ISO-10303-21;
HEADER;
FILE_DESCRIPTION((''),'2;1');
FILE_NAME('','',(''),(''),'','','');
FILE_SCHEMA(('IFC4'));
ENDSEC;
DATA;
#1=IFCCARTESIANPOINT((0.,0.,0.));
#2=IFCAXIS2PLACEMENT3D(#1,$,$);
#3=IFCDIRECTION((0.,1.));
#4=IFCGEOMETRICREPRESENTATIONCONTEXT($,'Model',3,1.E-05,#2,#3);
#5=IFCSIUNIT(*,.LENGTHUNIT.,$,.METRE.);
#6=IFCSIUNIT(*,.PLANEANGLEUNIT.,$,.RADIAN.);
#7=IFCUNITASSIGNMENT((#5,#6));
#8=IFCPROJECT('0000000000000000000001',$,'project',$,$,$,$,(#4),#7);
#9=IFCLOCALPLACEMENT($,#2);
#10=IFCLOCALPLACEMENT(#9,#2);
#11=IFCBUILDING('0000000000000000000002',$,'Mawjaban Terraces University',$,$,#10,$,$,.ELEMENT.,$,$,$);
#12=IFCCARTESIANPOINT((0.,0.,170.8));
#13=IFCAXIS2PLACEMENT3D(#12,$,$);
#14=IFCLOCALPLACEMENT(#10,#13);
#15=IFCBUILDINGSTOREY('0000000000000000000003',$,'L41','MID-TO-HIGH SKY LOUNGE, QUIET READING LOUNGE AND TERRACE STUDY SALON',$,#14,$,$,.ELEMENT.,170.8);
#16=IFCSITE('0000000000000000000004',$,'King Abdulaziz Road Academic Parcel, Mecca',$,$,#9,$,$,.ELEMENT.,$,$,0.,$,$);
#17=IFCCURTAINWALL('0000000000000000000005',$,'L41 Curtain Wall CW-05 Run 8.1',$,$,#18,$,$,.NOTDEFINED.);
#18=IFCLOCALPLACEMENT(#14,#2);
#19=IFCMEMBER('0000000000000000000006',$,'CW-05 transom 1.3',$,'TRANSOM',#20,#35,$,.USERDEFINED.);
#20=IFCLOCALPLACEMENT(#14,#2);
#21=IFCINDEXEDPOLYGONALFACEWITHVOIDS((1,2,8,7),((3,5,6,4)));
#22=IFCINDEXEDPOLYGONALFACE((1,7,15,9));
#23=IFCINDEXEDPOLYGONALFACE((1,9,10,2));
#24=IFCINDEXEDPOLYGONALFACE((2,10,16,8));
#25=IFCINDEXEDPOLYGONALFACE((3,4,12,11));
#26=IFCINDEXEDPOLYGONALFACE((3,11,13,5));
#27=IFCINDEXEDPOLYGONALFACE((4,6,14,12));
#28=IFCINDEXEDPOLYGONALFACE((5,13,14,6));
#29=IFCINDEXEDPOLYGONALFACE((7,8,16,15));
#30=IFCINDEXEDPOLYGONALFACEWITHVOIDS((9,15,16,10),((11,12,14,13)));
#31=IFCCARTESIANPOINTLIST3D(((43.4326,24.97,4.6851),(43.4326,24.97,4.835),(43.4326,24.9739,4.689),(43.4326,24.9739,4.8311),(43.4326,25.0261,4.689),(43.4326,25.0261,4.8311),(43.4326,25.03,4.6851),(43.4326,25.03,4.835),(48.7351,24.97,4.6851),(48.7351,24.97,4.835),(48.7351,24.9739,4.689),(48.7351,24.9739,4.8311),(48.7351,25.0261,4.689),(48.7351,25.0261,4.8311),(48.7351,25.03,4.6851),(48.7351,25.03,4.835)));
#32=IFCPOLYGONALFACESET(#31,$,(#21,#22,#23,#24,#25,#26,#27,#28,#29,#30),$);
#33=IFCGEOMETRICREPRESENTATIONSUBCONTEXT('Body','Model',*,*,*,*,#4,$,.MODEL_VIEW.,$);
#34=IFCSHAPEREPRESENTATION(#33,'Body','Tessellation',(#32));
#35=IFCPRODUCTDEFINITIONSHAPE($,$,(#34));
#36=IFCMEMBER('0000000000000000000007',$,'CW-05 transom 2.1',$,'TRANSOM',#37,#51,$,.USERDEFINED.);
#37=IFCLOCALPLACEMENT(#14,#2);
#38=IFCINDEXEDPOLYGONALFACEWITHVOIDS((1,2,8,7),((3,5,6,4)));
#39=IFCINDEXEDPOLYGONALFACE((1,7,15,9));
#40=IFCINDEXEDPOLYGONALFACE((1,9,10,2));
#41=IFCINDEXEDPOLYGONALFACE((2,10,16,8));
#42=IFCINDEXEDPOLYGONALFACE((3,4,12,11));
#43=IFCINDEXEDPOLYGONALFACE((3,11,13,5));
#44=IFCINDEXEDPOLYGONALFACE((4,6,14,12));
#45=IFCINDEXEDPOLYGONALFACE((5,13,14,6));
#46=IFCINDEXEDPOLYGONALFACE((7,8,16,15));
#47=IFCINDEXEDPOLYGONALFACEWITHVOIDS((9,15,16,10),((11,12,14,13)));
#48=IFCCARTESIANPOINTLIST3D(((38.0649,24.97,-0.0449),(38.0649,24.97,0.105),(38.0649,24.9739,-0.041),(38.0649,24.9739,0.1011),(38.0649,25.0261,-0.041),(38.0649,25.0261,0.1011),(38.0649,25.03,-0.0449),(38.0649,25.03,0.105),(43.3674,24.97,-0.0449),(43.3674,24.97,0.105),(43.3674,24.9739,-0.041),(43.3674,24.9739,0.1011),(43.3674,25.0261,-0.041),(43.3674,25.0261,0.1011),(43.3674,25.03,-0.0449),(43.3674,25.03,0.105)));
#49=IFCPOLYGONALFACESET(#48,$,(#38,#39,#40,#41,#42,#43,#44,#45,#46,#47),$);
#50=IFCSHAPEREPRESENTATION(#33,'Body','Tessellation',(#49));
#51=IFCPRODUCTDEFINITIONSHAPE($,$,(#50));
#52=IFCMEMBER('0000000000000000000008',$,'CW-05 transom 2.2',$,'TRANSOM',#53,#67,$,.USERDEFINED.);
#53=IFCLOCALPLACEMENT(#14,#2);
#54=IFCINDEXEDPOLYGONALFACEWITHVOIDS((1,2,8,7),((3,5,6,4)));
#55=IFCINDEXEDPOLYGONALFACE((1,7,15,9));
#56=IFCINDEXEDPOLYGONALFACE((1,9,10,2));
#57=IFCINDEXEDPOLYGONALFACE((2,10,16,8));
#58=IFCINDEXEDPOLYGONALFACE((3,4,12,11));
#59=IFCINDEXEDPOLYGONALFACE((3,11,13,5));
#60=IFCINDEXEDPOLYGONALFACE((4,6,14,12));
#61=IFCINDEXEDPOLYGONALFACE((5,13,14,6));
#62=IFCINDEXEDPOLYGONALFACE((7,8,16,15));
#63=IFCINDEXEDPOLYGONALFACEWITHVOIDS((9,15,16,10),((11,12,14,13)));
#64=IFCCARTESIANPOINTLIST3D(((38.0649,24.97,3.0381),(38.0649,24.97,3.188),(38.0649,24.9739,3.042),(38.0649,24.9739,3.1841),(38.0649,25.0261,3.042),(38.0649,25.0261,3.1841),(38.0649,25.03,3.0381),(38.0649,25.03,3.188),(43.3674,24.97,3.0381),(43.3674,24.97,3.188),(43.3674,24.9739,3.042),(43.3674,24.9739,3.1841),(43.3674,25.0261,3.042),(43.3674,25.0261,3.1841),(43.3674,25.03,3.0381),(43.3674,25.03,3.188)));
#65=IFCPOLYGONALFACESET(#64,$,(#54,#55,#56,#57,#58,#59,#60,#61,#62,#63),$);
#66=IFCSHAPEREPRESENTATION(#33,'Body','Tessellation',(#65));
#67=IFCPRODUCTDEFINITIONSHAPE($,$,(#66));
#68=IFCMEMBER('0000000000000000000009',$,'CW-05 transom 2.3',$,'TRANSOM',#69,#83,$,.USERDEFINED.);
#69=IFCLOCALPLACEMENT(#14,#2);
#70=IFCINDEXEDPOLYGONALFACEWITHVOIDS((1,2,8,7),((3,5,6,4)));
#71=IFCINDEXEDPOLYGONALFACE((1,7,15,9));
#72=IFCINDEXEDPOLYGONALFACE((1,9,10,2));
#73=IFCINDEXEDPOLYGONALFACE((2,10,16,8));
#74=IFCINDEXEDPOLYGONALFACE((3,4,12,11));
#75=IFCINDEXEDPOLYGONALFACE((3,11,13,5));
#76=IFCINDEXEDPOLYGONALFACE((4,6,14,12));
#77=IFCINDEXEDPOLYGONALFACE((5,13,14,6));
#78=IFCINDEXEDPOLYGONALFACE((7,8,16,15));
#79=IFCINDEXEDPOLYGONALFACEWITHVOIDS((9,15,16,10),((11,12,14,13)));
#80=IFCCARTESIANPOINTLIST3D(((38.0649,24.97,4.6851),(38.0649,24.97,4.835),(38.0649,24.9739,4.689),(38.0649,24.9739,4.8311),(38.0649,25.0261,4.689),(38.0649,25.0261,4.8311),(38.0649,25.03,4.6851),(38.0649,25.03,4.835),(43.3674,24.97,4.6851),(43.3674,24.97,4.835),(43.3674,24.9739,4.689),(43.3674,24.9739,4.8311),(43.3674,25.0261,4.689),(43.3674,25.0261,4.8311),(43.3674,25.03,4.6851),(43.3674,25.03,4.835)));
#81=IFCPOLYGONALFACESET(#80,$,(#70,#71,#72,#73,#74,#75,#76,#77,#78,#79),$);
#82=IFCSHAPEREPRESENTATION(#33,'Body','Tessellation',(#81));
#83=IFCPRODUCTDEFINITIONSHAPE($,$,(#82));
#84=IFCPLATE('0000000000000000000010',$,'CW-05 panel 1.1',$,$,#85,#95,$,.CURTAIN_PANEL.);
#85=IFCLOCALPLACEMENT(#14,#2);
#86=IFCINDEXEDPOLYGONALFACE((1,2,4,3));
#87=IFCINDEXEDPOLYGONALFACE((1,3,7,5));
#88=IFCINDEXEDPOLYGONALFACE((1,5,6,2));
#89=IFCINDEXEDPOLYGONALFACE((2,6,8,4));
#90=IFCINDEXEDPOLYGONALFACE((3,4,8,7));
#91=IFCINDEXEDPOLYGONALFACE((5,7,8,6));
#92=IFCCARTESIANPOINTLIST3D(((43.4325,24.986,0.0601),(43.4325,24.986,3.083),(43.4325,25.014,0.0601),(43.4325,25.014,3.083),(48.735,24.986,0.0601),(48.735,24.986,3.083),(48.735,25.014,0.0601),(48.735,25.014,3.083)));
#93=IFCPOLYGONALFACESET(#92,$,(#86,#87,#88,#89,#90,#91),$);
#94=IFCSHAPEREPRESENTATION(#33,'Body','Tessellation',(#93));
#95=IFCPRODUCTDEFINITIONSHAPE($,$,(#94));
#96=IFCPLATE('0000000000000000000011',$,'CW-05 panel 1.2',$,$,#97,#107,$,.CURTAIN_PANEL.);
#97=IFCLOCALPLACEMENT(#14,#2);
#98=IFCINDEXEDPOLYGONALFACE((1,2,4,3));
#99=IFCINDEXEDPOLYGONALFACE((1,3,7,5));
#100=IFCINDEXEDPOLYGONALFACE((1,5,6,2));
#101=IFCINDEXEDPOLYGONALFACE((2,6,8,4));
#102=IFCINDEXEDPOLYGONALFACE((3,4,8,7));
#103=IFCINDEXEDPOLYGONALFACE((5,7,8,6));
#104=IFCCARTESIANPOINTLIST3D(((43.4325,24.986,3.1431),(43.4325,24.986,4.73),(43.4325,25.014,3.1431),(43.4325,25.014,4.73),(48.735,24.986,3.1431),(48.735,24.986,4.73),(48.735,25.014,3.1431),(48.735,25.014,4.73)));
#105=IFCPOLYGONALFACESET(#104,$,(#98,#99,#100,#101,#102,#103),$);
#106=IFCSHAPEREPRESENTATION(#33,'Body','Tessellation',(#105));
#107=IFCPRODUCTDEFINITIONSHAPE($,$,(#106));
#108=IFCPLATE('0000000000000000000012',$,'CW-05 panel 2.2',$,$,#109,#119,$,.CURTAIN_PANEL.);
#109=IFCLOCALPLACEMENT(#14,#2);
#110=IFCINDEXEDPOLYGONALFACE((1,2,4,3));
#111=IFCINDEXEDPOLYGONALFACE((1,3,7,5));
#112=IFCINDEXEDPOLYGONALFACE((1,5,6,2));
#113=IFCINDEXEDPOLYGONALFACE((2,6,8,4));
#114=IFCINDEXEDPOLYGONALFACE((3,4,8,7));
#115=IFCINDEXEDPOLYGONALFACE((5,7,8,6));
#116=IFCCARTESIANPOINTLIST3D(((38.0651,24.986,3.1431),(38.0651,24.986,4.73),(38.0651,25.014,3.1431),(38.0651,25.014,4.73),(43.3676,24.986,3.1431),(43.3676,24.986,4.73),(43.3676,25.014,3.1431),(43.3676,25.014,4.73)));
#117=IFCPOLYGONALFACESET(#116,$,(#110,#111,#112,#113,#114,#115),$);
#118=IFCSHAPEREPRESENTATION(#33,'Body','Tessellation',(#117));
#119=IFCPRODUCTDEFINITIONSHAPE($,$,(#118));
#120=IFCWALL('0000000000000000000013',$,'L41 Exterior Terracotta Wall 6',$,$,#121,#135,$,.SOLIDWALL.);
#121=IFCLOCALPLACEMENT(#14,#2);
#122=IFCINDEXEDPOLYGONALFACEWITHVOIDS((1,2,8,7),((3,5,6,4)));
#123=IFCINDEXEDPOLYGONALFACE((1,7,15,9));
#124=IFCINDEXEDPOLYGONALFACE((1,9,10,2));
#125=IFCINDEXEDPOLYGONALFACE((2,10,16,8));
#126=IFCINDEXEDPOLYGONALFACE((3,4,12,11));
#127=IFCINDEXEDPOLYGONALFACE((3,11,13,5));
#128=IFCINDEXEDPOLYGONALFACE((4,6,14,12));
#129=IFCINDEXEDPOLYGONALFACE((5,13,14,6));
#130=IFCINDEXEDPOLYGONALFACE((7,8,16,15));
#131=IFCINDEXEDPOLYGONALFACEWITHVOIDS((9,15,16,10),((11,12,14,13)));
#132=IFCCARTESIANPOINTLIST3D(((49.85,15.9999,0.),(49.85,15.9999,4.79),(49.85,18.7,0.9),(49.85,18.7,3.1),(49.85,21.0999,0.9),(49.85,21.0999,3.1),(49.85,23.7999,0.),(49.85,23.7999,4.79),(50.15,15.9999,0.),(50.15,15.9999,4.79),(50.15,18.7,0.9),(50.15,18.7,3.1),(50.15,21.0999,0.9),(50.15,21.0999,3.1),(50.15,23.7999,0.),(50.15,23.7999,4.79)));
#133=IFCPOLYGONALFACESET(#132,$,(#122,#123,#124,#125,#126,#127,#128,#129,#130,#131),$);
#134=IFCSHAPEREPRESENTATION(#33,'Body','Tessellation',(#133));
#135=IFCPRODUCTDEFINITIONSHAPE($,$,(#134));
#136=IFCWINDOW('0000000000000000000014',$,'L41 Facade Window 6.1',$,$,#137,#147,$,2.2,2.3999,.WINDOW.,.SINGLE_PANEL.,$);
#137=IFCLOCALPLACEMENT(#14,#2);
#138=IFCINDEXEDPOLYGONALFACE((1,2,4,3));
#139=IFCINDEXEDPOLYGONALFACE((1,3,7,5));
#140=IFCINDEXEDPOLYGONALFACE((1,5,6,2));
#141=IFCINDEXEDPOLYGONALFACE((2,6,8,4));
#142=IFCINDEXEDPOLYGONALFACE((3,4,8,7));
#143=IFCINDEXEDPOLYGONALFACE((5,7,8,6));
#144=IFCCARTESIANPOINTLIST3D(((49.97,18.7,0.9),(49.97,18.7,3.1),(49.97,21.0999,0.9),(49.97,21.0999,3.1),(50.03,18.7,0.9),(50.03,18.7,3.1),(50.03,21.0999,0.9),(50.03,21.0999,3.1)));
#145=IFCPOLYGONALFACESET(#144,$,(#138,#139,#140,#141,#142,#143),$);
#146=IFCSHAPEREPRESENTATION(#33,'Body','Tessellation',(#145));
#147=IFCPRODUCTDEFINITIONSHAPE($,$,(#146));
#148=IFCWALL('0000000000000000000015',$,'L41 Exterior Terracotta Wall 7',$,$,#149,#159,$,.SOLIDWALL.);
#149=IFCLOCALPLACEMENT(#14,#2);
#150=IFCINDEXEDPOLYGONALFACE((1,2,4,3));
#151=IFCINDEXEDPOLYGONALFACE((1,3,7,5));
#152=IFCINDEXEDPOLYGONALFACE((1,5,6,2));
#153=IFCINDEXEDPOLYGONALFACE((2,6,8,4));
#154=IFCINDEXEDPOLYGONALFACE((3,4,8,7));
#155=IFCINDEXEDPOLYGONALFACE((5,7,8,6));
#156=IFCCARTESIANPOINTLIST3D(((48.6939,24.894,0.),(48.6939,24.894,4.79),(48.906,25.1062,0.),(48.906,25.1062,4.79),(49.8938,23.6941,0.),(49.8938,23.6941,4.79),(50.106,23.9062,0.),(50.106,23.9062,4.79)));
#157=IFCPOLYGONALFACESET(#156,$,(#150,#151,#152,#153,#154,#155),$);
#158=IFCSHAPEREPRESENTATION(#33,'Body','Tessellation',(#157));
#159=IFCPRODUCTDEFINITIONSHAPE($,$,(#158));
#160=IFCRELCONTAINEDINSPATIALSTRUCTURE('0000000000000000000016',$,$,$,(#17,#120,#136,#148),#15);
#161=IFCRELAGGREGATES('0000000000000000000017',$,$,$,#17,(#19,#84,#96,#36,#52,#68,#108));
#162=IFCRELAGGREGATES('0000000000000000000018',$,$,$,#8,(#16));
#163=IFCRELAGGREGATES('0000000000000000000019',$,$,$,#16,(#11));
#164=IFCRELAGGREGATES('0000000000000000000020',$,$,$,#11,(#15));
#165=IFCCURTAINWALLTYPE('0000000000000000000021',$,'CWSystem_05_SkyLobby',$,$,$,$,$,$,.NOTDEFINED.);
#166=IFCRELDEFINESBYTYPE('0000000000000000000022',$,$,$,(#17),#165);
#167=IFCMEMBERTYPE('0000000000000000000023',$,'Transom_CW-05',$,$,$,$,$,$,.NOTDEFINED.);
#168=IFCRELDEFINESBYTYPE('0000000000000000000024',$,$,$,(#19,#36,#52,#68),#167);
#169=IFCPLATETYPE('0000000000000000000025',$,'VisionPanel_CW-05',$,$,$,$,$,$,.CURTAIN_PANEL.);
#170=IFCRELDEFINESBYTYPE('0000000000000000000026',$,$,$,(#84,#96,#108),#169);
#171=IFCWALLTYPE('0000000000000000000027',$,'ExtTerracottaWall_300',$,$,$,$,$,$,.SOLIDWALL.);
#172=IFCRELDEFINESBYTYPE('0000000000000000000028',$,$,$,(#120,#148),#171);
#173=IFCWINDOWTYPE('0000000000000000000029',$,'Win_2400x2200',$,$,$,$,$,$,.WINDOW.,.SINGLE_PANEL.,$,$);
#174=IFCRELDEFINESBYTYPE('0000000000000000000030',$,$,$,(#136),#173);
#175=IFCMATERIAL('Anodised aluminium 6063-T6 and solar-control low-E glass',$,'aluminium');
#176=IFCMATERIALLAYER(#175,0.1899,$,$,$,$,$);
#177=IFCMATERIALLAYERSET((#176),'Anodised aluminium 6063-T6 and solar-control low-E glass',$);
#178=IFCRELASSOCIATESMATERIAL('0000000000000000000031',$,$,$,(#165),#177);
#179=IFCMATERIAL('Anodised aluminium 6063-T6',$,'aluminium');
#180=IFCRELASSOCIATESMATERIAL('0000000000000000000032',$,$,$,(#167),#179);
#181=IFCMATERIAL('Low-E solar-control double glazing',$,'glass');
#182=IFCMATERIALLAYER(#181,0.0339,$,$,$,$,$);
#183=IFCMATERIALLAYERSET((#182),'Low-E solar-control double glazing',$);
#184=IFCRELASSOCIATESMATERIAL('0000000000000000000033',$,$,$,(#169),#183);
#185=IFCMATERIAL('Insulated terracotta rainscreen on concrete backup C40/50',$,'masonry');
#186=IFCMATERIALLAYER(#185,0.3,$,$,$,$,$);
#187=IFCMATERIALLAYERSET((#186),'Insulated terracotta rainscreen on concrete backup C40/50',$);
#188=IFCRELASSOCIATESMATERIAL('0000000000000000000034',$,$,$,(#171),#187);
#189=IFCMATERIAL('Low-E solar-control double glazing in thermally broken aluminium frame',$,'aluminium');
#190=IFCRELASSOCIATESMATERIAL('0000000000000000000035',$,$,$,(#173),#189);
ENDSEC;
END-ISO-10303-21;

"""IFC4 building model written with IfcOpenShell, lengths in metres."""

from ifc_helpers import new_model, si_unit, direction, frame, frame_2d, origin, origin_2d, place, context, subcontext, project, spatial, rectangle, hollow_rectangle, extrude, material, layer, layer_set, material_profile, profile_set, type_object, element, fill, aggregate, save


model = new_model("IFC4")

# Units and contexts
model_context = context("Model", 3, precision=1e-05, world=origin(), true_north=direction((0.0, 1.0)))
body_context = subcontext(model_context, "Body", "Model", "MODEL_VIEW")
ifc_project = project(units=[si_unit("LENGTHUNIT", "METRE"), si_unit("PLANEANGLEUNIT", "RADIAN")], contexts=[model_context])

# Site, building, storey
site_placement = place(None, origin())
site = spatial("IfcSite", under=ifc_project, at=site_placement, Name="King Abdulaziz Road Academic Parcel, Mecca", CompositionType="ELEMENT", RefElevation=0.0)
building_placement = place(site_placement, origin())
building = spatial("IfcBuilding", under=site, at=building_placement, Name="Mawjaban Terraces University", CompositionType="ELEMENT")
storey_placement = place(building_placement, frame((0.0, 0.0, 170.8)))
storey = spatial("IfcBuildingStorey", under=building, at=storey_placement, Name="L41", Description="MID-TO-HIGH SKY LOUNGE, QUIET READING LOUNGE AND TERRACE STUDY SALON", CompositionType="ELEMENT", Elevation=170.8)

# Curtain wall, members, plates
ifc_material_1 = material(Name="Anodised aluminium 6063-T6 and solar-control low-E glass", Category="aluminium")
ifc_layer_1 = layer(ifc_material_1, 0.1899)
ifc_layer_set_1 = layer_set([ifc_layer_1], Name="Anodised aluminium 6063-T6 and solar-control low-E glass")
curtain_wall_type = type_object("IfcCurtainWallType", Name="CWSystem_05_SkyLobby", PredefinedType="NOTDEFINED", material=ifc_layer_set_1)
curtain_wall_placement = place(storey_placement, origin())
curtain_wall = element("IfcCurtainWall", 1, at=curtain_wall_placement, inside=storey, type_object=curtain_wall_type, Name="L41 Curtain Wall CW-05 Run 8.1", PredefinedType="NOTDEFINED")
ifc_material_2 = material(Name="Anodised aluminium 6063-T6", Category="aluminium")
ifc_material_profile_1 = material_profile(ifc_material_2, hollow_rectangle(XDim=0.0601, YDim=0.1499, WallThickness=0.0039, at=origin_2d()), Name="ALU150X60X4")
ifc_profile_set_1 = profile_set([ifc_material_profile_1], Name="Anodised aluminium 6063-T6")
member_type_1 = type_object("IfcMemberType", Name="Transom_CW-05", PredefinedType="NOTDEFINED", material=ifc_profile_set_1)
member_1_placement = place(storey_placement, frame((48.7351, 25.0, 4.76), z_axis=(-1.0, 0.0, 0.0), x_axis=(0.0, -1.0, 0.0)))
member_1 = element("IfcMember", 2, at=member_1_placement, type_object=member_type_1, Name="CW-05 transom 1.3", ObjectType="TRANSOM", PredefinedType="USERDEFINED", context=body_context, shape_type="SweptSolid", body=[
    extrude(hollow_rectangle(XDim=0.0601, YDim=0.1499, WallThickness=0.0039, at=origin_2d()), origin(), (0.0, 0.0, 1.0), 5.3025),
])
member_2_placement = place(storey_placement, frame((43.3674, 25.0, 0.03), z_axis=(-1.0, 0.0, 0.0), x_axis=(0.0, -1.0, 0.0)))
member_2 = element("IfcMember", 3, at=member_2_placement, type_object=member_type_1, Name="CW-05 transom 2.1", ObjectType="TRANSOM", PredefinedType="USERDEFINED", context=body_context, shape_type="SweptSolid", body=[
    extrude(hollow_rectangle(XDim=0.0601, YDim=0.1499, WallThickness=0.0039, at=origin_2d()), origin(), (0.0, 0.0, 1.0), 5.3025),
])
member_3_placement = place(storey_placement, frame((43.3674, 25.0, 3.113), z_axis=(-1.0, 0.0, 0.0), x_axis=(0.0, -1.0, 0.0)))
member_3 = element("IfcMember", 4, at=member_3_placement, type_object=member_type_1, Name="CW-05 transom 2.2", ObjectType="TRANSOM", PredefinedType="USERDEFINED", context=body_context, shape_type="SweptSolid", body=[
    extrude(hollow_rectangle(XDim=0.0601, YDim=0.1499, WallThickness=0.0039, at=origin_2d()), origin(), (0.0, 0.0, 1.0), 5.3025),
])
member_4_placement = place(storey_placement, frame((43.3674, 25.0, 4.76), z_axis=(-1.0, 0.0, 0.0), x_axis=(0.0, -1.0, 0.0)))
member_4 = element("IfcMember", 5, at=member_4_placement, type_object=member_type_1, Name="CW-05 transom 2.3", ObjectType="TRANSOM", PredefinedType="USERDEFINED", context=body_context, shape_type="SweptSolid", body=[
    extrude(hollow_rectangle(XDim=0.0601, YDim=0.1499, WallThickness=0.0039, at=origin_2d()), origin(), (0.0, 0.0, 1.0), 5.3025),
])
ifc_material_3 = material(Name="Low-E solar-control double glazing", Category="glass")
ifc_layer_2 = layer(ifc_material_3, 0.0339)
ifc_layer_set_2 = layer_set([ifc_layer_2], Name="Low-E solar-control double glazing")
plate_type = type_object("IfcPlateType", Name="VisionPanel_CW-05", PredefinedType="CURTAIN_PANEL", material=ifc_layer_set_2)
plate_1_placement = place(storey_placement, frame((46.0837, 25.0, 0.0601), z_axis=(0.0, 0.0, 1.0), x_axis=(-1.0, 0.0, 0.0)))
plate_1 = element("IfcPlate", 6, at=plate_1_placement, type_object=plate_type, Name="CW-05 panel 1.1", PredefinedType="CURTAIN_PANEL", context=body_context, shape_type="SweptSolid", body=[
    extrude(rectangle(XDim=5.3025, YDim=0.0281, at=origin_2d()), origin(), (0.0, 0.0, 1.0), 3.0229),
])
plate_2_placement = place(storey_placement, frame((46.0837, 25.0, 3.1431), z_axis=(0.0, 0.0, 1.0), x_axis=(-1.0, 0.0, 0.0)))
plate_2 = element("IfcPlate", 7, at=plate_2_placement, type_object=plate_type, Name="CW-05 panel 1.2", PredefinedType="CURTAIN_PANEL", context=body_context, shape_type="SweptSolid", body=[
    extrude(rectangle(XDim=5.3025, YDim=0.0281, at=origin_2d()), origin(), (0.0, 0.0, 1.0), 1.5869),
])
plate_3_placement = place(storey_placement, frame((40.7163, 25.0, 3.1431), z_axis=(0.0, 0.0, 1.0), x_axis=(-1.0, 0.0, 0.0)))
plate_3 = element("IfcPlate", 8, at=plate_3_placement, type_object=plate_type, Name="CW-05 panel 2.2", PredefinedType="CURTAIN_PANEL", context=body_context, shape_type="SweptSolid", body=[
    extrude(rectangle(XDim=5.3025, YDim=0.0281, at=origin_2d()), origin(), (0.0, 0.0, 1.0), 1.5869),
])
aggregate(curtain_wall, [member_1, plate_1, plate_2, member_2, member_3, member_4, plate_3])

# Wall, opening, window
ifc_material_4 = material(Name="Insulated terracotta rainscreen on concrete backup C40/50", Category="masonry")
ifc_layer_3 = layer(ifc_material_4, 0.3)
ifc_layer_set_3 = layer_set([ifc_layer_3], Name="Insulated terracotta rainscreen on concrete backup C40/50")
wall_type = type_object("IfcWallType", Name="ExtTerracottaWall_300", PredefinedType="SOLIDWALL", material=ifc_layer_set_3)
wall_1_placement = place(storey_placement, frame((50.0, 16.0, 0.0), z_axis=(0.0, 0.0, 1.0), x_axis=(0.0, 1.0, 0.0)))
wall_1 = element("IfcWall", 9, at=wall_1_placement, inside=storey, type_object=wall_type, Name="L41 Exterior Terracotta Wall 6", PredefinedType="SOLIDWALL", context=body_context, shape_type="SweptSolid", body=[
    extrude(rectangle(XDim=7.8, YDim=0.3, at=frame_2d((3.8999, 0.0))), origin(), (0.0, 0.0, 1.0), 4.79),
])
opening_placement = place(wall_1_placement, frame((2.7, 0.0, 0.8999)))
opening = element("IfcOpeningElement", 10, at=opening_placement, cuts=wall_1, PredefinedType="OPENING", context=body_context, shape_type="SweptSolid", body=[
    extrude(rectangle(XDim=2.3999, YDim=2.2, at=frame_2d((1.2, 1.1001))), frame((0.0, 0.1599, 0.0), z_axis=(0.0, -1.0, 0.0), x_axis=(1.0, 0.0, 0.0)), (0.0, 0.0, 1.0), 0.3201),
])
ifc_material_5 = material(Name="Low-E solar-control double glazing in thermally broken aluminium frame", Category="aluminium")
window_type = type_object("IfcWindowType", Name="Win_2400x2200", PartitioningType="SINGLE_PANEL", PredefinedType="WINDOW", material=ifc_material_5)
window_placement = place(opening_placement, origin())
window = element("IfcWindow", 11, at=window_placement, inside=storey, type_object=window_type, Name="L41 Facade Window 6.1", OverallHeight=2.2, OverallWidth=2.3999, PartitioningType="SINGLE_PANEL", PredefinedType="WINDOW", context=body_context, shape_type="SweptSolid", body=[
    extrude(rectangle(XDim=2.3999, YDim=2.2, at=frame_2d((1.2, 1.1001))), frame((0.0, 0.03, 0.0), z_axis=(0.0, -1.0, 0.0), x_axis=(1.0, 0.0, 0.0)), (0.0, 0.0, 1.0), 0.0601),
])
fill(opening, window)

# Wall
wall_2_placement = place(storey_placement, frame((50.0, 23.8, 0.0), z_axis=(0.0, 0.0, 1.0), x_axis=(-0.707107, 0.707107, 0.0)))
element("IfcWall", 12, at=wall_2_placement, inside=storey, type_object=wall_type, Name="L41 Exterior Terracotta Wall 7", PredefinedType="SOLIDWALL", context=body_context, shape_type="SweptSolid", body=[
    extrude(rectangle(XDim=1.697, YDim=0.3, at=frame_2d((0.8486, 0.0))), origin(), (0.0, 0.0, 1.0), 4.79),
])

save(model, "model.ifc")
